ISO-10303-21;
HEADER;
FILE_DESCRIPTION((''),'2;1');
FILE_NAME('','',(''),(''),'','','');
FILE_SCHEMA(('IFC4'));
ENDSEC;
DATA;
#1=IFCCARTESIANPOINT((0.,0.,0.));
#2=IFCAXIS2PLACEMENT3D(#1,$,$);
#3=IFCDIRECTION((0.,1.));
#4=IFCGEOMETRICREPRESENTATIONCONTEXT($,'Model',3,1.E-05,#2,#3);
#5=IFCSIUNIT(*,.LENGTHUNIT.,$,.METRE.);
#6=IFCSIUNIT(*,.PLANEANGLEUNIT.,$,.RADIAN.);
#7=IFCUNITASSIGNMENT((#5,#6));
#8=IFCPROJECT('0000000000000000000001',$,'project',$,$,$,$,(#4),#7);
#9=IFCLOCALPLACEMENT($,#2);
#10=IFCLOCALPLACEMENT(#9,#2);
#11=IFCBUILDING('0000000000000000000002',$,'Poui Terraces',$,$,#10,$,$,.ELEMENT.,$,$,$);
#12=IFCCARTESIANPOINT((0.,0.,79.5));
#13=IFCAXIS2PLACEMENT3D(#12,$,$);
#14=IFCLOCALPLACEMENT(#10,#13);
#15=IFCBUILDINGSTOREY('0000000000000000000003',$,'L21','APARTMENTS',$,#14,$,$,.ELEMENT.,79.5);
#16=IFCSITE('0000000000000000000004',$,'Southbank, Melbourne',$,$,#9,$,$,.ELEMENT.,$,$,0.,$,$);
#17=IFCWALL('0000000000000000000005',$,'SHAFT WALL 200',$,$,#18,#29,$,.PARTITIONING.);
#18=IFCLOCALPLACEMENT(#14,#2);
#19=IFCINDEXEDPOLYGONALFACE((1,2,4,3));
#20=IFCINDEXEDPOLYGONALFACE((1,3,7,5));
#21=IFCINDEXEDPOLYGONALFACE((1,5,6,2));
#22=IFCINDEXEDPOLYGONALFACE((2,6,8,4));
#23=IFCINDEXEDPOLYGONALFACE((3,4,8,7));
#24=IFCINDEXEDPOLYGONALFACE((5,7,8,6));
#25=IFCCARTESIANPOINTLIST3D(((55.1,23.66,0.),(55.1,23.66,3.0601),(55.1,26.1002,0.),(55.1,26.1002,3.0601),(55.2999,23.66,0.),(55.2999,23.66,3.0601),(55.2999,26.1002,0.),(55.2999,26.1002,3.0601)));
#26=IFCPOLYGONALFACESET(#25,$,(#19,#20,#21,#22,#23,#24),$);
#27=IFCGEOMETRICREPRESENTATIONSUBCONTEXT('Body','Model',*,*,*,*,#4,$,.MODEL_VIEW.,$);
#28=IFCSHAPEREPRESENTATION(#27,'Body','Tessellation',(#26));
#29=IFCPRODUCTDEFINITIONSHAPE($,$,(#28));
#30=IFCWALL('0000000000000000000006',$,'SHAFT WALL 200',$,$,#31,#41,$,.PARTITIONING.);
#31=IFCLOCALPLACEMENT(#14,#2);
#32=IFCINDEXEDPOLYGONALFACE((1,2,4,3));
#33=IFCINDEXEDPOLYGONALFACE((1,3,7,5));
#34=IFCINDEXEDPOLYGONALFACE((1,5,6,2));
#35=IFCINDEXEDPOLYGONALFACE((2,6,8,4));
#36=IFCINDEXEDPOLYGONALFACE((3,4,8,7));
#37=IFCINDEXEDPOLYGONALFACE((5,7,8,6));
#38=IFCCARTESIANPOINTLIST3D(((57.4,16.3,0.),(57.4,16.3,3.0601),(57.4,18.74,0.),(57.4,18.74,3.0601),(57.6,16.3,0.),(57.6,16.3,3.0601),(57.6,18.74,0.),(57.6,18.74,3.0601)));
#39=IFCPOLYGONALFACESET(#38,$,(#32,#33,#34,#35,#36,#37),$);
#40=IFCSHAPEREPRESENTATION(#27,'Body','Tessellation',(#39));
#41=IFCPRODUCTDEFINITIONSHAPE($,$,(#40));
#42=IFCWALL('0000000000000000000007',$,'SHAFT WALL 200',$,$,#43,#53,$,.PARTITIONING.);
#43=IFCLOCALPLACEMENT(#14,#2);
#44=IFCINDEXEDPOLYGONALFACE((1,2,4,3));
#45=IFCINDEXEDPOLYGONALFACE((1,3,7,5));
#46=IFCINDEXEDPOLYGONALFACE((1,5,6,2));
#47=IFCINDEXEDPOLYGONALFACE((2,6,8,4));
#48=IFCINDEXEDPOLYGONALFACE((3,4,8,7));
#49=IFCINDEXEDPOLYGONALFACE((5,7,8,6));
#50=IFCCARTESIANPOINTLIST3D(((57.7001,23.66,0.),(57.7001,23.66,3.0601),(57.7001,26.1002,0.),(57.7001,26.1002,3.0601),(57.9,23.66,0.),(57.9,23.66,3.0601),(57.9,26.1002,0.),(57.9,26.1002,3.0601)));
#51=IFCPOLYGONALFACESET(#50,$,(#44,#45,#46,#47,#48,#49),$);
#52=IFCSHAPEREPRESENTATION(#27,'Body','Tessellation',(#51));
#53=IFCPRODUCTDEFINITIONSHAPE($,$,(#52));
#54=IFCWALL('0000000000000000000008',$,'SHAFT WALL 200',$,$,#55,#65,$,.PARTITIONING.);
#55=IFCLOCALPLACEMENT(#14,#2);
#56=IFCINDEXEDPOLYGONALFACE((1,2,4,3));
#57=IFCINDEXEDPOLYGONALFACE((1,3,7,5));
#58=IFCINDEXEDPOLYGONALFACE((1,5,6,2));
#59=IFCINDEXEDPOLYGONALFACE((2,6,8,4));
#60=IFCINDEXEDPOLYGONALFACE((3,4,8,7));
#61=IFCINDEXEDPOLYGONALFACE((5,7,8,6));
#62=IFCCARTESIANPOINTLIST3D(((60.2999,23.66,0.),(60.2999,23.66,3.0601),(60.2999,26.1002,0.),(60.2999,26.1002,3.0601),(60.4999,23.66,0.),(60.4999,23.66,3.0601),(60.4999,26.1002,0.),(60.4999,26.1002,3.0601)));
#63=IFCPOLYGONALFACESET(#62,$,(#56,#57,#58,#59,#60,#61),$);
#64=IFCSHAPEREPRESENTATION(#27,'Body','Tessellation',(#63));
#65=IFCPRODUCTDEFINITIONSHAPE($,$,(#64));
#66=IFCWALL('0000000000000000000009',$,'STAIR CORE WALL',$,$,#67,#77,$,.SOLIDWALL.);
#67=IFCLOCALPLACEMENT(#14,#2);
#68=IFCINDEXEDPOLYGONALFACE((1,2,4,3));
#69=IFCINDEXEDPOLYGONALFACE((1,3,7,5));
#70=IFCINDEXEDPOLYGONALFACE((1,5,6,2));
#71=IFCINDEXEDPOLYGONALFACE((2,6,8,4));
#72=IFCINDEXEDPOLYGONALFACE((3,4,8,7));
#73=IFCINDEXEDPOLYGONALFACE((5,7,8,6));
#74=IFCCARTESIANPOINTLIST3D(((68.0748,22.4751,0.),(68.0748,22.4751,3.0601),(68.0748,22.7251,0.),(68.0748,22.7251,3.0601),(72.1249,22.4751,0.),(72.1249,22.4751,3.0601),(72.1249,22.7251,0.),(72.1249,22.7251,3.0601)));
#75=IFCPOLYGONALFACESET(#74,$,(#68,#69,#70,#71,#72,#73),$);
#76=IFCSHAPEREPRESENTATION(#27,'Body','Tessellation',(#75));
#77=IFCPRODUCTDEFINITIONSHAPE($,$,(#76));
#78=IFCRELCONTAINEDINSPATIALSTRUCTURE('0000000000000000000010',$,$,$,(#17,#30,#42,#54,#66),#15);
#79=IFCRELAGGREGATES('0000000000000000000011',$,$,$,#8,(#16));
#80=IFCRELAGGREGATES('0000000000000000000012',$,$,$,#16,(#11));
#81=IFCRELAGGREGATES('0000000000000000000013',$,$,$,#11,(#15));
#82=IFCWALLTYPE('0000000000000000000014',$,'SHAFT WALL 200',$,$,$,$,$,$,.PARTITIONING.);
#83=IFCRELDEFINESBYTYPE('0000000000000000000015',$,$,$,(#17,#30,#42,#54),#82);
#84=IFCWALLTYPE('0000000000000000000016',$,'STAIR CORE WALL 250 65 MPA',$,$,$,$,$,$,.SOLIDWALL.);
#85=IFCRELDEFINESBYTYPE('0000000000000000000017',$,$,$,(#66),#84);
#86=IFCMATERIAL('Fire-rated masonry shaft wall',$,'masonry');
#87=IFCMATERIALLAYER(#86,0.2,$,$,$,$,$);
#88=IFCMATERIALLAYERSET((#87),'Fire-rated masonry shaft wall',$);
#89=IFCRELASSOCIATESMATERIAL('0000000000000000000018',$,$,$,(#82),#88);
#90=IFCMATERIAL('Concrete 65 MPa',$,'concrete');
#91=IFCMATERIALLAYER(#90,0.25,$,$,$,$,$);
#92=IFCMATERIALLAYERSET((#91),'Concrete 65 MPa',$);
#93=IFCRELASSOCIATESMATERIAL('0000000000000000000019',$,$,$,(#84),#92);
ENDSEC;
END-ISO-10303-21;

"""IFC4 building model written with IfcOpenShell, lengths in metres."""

from ifc_helpers import new_model, si_unit, direction, frame, frame_2d, origin, place, context, subcontext, project, spatial, rectangle, extrude, material, layer, layer_set, type_object, element, save


model = new_model("IFC4")

# Units and contexts
model_context = context("Model", 3, precision=1e-05, world=origin(), true_north=direction((0.0, 1.0)))
body_context = subcontext(model_context, "Body", "Model", "MODEL_VIEW")
ifc_project = project(units=[si_unit("LENGTHUNIT", "METRE"), si_unit("PLANEANGLEUNIT", "RADIAN")], contexts=[model_context])

# Site, building, storey
site_placement = place(None, origin())
site = spatial("IfcSite", under=ifc_project, at=site_placement, Name="Southbank, Melbourne", CompositionType="ELEMENT", RefElevation=0.0)
building_placement = place(site_placement, origin())
building = spatial("IfcBuilding", under=site, at=building_placement, Name="Poui Terraces", CompositionType="ELEMENT")
storey_placement = place(building_placement, frame((0.0, 0.0, 79.5)))
storey = spatial("IfcBuildingStorey", under=building, at=storey_placement, Name="L21", Description="APARTMENTS", CompositionType="ELEMENT", Elevation=79.5)

# Shared definitions
ifc_material_1 = material(Name="Concrete 65 MPa", Category="concrete")

# Walls
ifc_material_2 = material(Name="Fire-rated masonry shaft wall", Category="masonry")
ifc_layer_1 = layer(ifc_material_2, 0.2)
ifc_layer_set_1 = layer_set([ifc_layer_1], Name="Fire-rated masonry shaft wall")
wall_type_1 = type_object("IfcWallType", Name="SHAFT WALL 200", PredefinedType="PARTITIONING", material=ifc_layer_set_1)
wall_1_placement = place(storey_placement, frame((55.2, 23.6599, 0.0), z_axis=(0.0, 0.0, 1.0), x_axis=(0.0, 1.0, 0.0)))
element("IfcWall", 1, at=wall_1_placement, inside=storey, type_object=wall_type_1, Name="SHAFT WALL 200", PredefinedType="PARTITIONING", context=body_context, shape_type="SweptSolid", body=[
    extrude(rectangle(XDim=2.4402, YDim=0.2, at=frame_2d((1.2202, 0.0))), origin(), (0.0, 0.0, 1.0), 3.0601),
])
wall_2_placement = place(storey_placement, frame((57.5, 16.3, 0.0), z_axis=(0.0, 0.0, 1.0), x_axis=(0.0, 1.0, 0.0)))
element("IfcWall", 2, at=wall_2_placement, inside=storey, type_object=wall_type_1, Name="SHAFT WALL 200", PredefinedType="PARTITIONING", context=body_context, shape_type="SweptSolid", body=[
    extrude(rectangle(XDim=2.4399, YDim=0.2, at=frame_2d((1.22, 0.0))), origin(), (0.0, 0.0, 1.0), 3.0601),
])
for number, where, z_axis, x_axis, name in (
    (3, (57.8, 23.6599, 0.0), (0.0, 0.0, 1.0), (0.0, 1.0, 0.0), "SHAFT WALL 200"),
    (4, (60.3999, 23.6599, 0.0), (0.0, 0.0, 1.0), (0.0, 1.0, 0.0), "SHAFT WALL 200"),
):
    element("IfcWall", number, at=place(storey_placement, frame(where, z_axis=z_axis, x_axis=x_axis)), inside=storey, type_object=wall_type_1, Name=name, PredefinedType="PARTITIONING", context=body_context, shape_type="SweptSolid", body=[
        extrude(rectangle(XDim=2.4402, YDim=0.2, at=frame_2d((1.2202, 0.0))), origin(), (0.0, 0.0, 1.0), 3.0601),
    ])
ifc_layer_2 = layer(ifc_material_1, 0.25)
ifc_layer_set_2 = layer_set([ifc_layer_2], Name="Concrete 65 MPa")
wall_type_2 = type_object("IfcWallType", Name="STAIR CORE WALL 250 65 MPA", PredefinedType="SOLIDWALL", material=ifc_layer_set_2)
wall_3_placement = place(storey_placement, frame((68.075, 22.6001, 0.0), z_axis=(0.0, 0.0, 1.0), x_axis=(1.0, 0.0, 0.0)))
element("IfcWall", 5, at=wall_3_placement, inside=storey, type_object=wall_type_2, Name="STAIR CORE WALL", PredefinedType="SOLIDWALL", context=body_context, shape_type="SweptSolid", body=[
    extrude(rectangle(XDim=4.05, YDim=0.25, at=frame_2d((2.0249, 0.0))), origin(), (0.0, 0.0, 1.0), 3.0601),
])

save(model, "model.ifc")
